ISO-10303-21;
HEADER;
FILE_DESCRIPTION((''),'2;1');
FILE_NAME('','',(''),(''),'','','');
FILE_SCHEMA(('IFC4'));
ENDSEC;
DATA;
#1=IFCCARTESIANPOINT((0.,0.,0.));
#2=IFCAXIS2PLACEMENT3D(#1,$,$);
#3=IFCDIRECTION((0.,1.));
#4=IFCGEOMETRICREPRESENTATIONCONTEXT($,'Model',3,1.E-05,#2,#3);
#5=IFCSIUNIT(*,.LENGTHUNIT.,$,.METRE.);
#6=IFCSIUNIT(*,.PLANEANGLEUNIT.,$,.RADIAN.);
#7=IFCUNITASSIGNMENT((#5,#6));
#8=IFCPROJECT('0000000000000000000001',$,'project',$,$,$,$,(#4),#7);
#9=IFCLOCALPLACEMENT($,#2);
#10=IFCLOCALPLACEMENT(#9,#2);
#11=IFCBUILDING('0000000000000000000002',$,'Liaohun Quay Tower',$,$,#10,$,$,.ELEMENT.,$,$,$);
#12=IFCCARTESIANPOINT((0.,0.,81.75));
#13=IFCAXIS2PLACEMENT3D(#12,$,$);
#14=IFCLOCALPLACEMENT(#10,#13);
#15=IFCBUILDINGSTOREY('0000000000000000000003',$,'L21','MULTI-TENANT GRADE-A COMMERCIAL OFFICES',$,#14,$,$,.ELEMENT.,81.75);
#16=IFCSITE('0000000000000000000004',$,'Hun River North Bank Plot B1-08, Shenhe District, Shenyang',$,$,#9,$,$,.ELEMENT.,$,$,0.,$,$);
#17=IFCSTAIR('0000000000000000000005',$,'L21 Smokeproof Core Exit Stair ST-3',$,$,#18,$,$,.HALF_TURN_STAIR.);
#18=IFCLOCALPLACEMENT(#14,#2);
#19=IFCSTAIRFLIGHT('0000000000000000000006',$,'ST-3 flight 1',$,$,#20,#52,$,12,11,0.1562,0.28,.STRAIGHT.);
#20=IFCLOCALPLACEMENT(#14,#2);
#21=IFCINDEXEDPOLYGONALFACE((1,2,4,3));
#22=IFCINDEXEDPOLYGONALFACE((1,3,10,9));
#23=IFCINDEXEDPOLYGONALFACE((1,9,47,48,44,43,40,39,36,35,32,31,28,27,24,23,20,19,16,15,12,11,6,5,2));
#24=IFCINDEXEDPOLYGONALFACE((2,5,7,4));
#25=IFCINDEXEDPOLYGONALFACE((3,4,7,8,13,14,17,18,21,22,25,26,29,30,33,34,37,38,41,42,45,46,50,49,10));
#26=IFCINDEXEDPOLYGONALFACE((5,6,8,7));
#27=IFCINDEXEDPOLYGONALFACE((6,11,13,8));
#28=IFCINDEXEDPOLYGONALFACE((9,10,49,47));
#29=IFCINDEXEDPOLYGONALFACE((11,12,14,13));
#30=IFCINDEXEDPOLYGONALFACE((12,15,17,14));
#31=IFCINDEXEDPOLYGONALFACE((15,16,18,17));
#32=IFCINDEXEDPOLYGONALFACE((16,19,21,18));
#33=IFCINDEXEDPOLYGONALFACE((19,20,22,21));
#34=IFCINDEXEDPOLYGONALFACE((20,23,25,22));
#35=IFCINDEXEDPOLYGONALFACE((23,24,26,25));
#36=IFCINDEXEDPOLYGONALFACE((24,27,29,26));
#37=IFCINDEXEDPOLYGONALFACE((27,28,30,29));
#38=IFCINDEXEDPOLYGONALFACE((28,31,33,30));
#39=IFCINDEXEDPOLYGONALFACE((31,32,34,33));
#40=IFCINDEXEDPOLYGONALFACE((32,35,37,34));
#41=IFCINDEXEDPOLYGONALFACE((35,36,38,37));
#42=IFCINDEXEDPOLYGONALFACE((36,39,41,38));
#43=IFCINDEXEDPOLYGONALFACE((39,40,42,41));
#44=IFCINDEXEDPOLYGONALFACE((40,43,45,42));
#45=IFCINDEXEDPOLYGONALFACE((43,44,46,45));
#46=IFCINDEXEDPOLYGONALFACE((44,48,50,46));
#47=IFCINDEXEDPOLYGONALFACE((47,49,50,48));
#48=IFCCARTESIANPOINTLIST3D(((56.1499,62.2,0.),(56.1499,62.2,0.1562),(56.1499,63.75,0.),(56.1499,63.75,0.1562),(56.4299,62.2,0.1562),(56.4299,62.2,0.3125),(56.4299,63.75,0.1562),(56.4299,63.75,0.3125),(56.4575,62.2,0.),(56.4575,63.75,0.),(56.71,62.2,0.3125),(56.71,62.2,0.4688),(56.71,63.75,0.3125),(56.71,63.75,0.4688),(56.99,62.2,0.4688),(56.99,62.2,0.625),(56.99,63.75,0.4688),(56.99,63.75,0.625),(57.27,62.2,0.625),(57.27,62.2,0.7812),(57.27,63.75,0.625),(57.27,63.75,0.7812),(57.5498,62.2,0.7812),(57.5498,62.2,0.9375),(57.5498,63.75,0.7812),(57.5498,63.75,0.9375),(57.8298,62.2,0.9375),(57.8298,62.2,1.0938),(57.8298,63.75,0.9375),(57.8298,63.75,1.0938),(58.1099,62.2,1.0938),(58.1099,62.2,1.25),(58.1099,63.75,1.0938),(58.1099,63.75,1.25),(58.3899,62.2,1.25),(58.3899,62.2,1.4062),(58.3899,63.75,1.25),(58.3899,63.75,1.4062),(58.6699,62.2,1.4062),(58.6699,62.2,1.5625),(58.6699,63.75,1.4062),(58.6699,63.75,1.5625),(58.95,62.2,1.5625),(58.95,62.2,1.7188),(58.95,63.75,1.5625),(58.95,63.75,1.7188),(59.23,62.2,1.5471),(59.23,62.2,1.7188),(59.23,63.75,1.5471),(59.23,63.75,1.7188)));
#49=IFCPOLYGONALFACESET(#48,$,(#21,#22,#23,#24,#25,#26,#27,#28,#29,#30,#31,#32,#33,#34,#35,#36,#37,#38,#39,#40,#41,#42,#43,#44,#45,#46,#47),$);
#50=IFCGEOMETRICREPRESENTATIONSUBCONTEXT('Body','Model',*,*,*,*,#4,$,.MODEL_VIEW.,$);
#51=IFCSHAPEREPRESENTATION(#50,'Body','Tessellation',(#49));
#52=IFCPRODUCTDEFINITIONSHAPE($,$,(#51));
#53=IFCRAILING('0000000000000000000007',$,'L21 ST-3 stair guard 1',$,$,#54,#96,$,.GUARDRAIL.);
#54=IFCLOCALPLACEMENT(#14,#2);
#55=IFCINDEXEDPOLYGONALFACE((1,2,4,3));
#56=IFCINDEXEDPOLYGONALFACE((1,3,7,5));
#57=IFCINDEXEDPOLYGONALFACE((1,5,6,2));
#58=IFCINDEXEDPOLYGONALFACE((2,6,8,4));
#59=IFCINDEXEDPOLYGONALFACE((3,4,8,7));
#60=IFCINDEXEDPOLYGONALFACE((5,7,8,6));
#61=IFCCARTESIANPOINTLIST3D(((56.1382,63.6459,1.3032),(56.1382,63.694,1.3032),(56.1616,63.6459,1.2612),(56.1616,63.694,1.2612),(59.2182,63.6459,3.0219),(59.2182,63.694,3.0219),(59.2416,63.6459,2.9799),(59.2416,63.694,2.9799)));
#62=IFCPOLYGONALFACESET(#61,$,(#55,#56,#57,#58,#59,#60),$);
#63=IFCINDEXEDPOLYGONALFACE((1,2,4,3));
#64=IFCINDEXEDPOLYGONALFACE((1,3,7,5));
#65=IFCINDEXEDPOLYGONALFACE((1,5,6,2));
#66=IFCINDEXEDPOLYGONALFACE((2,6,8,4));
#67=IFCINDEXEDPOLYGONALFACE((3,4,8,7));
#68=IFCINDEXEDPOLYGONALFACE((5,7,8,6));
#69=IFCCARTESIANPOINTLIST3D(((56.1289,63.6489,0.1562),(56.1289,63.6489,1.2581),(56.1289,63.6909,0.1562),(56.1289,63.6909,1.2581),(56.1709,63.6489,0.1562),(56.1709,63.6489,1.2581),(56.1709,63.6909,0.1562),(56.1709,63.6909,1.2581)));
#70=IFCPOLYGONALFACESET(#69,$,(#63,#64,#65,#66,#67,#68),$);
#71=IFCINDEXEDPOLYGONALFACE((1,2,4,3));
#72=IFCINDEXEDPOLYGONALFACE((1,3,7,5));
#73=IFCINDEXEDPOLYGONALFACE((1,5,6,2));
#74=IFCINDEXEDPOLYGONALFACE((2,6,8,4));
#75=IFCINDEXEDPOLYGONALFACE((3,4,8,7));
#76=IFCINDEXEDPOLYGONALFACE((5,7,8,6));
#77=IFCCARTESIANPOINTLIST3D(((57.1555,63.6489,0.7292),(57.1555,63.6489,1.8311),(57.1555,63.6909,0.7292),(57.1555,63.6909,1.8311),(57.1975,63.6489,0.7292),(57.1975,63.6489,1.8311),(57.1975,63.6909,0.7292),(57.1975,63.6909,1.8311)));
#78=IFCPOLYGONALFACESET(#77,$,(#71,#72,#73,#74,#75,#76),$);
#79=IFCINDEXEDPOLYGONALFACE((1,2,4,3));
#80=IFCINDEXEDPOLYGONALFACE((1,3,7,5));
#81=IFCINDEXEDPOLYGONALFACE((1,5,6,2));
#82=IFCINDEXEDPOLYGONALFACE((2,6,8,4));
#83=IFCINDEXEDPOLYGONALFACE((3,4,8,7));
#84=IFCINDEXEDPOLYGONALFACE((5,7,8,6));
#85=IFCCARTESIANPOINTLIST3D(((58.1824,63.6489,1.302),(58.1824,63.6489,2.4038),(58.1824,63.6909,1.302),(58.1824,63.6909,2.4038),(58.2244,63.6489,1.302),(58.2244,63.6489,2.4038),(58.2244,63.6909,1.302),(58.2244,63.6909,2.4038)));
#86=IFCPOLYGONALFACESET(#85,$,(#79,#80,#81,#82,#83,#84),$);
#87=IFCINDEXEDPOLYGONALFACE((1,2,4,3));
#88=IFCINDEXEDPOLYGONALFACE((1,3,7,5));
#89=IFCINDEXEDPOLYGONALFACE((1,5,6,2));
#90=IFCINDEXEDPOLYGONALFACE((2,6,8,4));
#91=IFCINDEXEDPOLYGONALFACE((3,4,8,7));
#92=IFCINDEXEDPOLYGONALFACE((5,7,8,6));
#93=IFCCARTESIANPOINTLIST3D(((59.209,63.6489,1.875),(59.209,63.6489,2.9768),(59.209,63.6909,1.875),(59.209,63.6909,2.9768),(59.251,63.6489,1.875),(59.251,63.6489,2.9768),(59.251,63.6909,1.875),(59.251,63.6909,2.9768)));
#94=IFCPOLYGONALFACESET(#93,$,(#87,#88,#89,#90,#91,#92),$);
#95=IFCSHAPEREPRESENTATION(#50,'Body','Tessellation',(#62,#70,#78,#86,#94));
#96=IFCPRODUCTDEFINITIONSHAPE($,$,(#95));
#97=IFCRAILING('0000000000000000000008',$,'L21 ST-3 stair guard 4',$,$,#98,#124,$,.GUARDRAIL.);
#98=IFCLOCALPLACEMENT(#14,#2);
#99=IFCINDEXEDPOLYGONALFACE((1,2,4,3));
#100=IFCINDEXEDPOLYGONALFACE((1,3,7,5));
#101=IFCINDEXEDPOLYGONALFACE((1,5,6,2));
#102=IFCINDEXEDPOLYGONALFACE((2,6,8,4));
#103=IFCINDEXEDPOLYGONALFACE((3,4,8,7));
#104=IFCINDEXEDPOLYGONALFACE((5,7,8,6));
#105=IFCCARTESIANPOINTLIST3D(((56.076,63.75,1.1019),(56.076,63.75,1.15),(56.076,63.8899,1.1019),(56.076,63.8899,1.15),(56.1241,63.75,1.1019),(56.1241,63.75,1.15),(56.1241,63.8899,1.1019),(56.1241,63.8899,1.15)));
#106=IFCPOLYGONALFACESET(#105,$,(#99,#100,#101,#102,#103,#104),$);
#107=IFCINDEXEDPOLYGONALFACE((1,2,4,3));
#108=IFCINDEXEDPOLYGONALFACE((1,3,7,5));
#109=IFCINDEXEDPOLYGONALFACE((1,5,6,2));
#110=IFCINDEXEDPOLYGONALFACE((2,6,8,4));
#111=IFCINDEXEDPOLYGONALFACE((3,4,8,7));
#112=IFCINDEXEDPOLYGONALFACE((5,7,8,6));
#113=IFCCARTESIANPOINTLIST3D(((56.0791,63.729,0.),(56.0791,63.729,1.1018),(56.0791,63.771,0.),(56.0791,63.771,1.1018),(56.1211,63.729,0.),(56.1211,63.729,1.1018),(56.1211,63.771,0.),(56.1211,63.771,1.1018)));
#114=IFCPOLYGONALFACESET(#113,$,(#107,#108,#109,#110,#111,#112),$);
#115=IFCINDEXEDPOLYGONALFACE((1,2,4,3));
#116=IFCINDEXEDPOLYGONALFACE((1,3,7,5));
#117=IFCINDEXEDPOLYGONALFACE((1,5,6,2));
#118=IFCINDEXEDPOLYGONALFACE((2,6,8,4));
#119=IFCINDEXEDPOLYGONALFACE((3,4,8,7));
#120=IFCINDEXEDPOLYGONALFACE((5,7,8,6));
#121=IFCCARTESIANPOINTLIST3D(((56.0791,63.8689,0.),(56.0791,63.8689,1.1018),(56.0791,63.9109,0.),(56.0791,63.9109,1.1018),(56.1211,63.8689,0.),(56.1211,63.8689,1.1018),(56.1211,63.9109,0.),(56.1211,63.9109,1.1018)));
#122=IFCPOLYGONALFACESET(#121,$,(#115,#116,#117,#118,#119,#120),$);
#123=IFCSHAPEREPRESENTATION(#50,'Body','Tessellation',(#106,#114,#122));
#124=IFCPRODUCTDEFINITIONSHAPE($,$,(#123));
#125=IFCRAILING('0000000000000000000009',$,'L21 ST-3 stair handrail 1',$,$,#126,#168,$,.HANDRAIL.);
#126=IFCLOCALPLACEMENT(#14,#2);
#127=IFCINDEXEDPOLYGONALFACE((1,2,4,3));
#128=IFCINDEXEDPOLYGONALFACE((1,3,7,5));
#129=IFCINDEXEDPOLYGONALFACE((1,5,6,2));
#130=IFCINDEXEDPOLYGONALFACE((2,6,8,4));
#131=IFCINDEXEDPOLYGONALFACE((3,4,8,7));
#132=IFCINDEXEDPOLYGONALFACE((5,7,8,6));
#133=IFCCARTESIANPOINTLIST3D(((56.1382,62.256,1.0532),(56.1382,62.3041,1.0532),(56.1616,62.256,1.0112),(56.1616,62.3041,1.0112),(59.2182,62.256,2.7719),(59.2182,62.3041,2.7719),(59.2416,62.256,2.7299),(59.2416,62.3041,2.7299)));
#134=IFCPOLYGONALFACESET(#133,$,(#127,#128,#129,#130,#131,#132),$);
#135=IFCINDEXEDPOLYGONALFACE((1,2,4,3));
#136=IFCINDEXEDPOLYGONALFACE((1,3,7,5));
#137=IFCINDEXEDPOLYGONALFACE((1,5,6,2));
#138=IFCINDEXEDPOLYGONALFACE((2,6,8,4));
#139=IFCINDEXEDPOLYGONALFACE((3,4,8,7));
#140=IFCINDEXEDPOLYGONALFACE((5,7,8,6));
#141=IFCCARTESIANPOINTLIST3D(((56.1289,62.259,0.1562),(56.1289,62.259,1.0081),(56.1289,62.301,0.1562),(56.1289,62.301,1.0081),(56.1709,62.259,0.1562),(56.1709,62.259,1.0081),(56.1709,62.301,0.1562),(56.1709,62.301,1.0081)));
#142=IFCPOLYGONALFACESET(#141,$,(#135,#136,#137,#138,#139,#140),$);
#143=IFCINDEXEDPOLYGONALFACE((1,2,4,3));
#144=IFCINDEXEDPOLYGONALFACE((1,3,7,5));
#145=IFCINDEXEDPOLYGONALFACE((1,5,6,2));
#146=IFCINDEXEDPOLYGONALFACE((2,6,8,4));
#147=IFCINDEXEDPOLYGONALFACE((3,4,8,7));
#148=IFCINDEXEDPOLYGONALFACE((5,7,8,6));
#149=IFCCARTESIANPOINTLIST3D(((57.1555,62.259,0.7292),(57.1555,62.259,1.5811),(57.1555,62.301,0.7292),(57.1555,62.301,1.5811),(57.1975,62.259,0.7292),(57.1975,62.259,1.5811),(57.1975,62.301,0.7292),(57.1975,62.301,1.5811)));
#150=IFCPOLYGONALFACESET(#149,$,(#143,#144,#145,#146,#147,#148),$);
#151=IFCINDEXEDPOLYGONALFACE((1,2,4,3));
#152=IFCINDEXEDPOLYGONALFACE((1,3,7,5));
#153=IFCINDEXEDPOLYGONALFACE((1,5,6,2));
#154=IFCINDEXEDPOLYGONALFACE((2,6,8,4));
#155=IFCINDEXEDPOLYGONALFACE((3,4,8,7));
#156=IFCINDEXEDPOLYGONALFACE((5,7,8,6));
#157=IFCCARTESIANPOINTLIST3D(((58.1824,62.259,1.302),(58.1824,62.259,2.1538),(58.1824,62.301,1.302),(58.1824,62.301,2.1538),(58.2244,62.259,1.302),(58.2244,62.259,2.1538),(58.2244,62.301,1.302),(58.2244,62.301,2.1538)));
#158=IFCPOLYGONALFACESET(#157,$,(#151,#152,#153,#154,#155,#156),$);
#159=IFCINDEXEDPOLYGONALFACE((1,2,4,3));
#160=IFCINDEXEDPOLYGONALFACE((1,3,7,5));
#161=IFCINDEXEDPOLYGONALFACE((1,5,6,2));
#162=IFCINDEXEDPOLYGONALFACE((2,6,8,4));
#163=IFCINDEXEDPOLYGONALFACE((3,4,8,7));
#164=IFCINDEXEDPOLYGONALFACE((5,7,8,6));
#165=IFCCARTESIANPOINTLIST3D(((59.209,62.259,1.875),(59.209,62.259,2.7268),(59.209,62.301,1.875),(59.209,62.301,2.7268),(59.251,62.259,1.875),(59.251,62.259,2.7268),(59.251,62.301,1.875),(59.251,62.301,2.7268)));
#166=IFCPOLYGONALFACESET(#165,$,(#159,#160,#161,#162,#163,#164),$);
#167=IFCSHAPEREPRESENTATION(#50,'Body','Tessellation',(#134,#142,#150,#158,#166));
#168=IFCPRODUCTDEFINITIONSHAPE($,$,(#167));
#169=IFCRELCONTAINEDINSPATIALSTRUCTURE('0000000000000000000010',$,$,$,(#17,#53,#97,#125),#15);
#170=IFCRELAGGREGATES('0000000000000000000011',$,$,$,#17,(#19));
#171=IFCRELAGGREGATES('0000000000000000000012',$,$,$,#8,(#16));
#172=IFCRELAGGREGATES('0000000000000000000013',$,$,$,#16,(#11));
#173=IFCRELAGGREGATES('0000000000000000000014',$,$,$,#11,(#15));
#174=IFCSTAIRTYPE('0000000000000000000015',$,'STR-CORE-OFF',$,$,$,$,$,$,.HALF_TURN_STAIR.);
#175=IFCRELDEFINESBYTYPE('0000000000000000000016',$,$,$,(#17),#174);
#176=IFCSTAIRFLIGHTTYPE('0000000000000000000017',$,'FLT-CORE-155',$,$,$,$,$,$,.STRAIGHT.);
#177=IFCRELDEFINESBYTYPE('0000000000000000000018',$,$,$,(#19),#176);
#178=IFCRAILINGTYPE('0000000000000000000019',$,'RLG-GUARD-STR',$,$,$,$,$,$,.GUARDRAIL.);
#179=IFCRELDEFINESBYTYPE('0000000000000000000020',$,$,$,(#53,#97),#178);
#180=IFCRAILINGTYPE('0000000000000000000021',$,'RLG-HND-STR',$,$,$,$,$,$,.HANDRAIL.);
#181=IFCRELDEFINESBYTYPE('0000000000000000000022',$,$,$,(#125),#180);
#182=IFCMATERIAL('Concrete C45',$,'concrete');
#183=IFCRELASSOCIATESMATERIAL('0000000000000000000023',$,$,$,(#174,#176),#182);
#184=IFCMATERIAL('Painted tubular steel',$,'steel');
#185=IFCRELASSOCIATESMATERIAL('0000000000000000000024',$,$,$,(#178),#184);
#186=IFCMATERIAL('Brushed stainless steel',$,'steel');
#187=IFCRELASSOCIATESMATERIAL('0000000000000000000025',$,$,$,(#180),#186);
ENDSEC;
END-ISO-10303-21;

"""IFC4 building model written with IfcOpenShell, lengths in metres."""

from ifc_helpers import new_model, si_unit, direction, frame, origin, origin_2d, place, context, subcontext, project, spatial, polyline, rectangle, outline, extrude, material, type_object, element, aggregate, save


model = new_model("IFC4")

# Units and contexts
model_context = context("Model", 3, precision=1e-05, world=origin(), true_north=direction((0.0, 1.0)))
body_context = subcontext(model_context, "Body", "Model", "MODEL_VIEW")
ifc_project = project(units=[si_unit("LENGTHUNIT", "METRE"), si_unit("PLANEANGLEUNIT", "RADIAN")], contexts=[model_context])

# Site, building, storey
site_placement = place(None, origin())
site = spatial("IfcSite", under=ifc_project, at=site_placement, Name="Hun River North Bank Plot B1-08, Shenhe District, Shenyang", CompositionType="ELEMENT", RefElevation=0.0)
building_placement = place(site_placement, origin())
building = spatial("IfcBuilding", under=site, at=building_placement, Name="Liaohun Quay Tower", CompositionType="ELEMENT")
storey_placement = place(building_placement, frame((0.0, 0.0, 81.75)))
storey = spatial("IfcBuildingStorey", under=building, at=storey_placement, Name="L21", Description="MULTI-TENANT GRADE-A COMMERCIAL OFFICES", CompositionType="ELEMENT", Elevation=81.75)

# Stair, stair flight
ifc_material_1 = material(Name="Concrete C45", Category="concrete")
stair_type = type_object("IfcStairType", Name="STR-CORE-OFF", PredefinedType="HALF_TURN_STAIR", material=ifc_material_1)
stair_placement = place(storey_placement, origin())
stair = element("IfcStair", 1, at=stair_placement, inside=storey, type_object=stair_type, Name="L21 Smokeproof Core Exit Stair ST-3", PredefinedType="HALF_TURN_STAIR")
stair_flight_type = type_object("IfcStairFlightType", Name="FLT-CORE-155", PredefinedType="STRAIGHT", material=ifc_material_1)
stair_flight_placement = place(storey_placement, frame((56.1499, 62.9751, 0.0), z_axis=(0.0, 0.0, 1.0), x_axis=(1.0, 0.0, 0.0)))
stair_flight = element("IfcStairFlight", 2, at=stair_flight_placement, type_object=stair_flight_type, Name="ST-3 flight 1", NumberOfRisers=12, NumberOfTreads=11, PredefinedType="STRAIGHT", RiserHeight=0.1562, TreadLength=0.28, context=body_context, shape_type="SweptSolid", body=[
    extrude(outline(polyline([(0.0, 0.0), (0.0, 0.1562), (0.28, 0.1562), (0.28, 0.3125), (0.5601, 0.3125), (0.5601, 0.4688), (0.8401, 0.4688), (0.8401, 0.625), (1.1201, 0.625), (1.1201, 0.7812), (1.3999, 0.7812), (1.3999, 0.9375), (1.6799, 0.9375), (1.6799, 1.0938), (1.96, 1.0938), (1.96, 1.25), (2.24, 1.25), (2.24, 1.4062), (2.52, 1.4062), (2.52, 1.5625), (2.8, 1.5625), (2.8, 1.7188), (3.0801, 1.7188), (3.0801, 1.875), (3.0801, 1.5471), (0.3076, 0.0), (0.0, 0.0)])), frame((0.0, 0.7749, 0.0), z_axis=(0.0, -1.0, 0.0), x_axis=(1.0, 0.0, 0.0)), (0.0, 0.0, 1.0), 1.55),
])
aggregate(stair, [stair_flight])

# Railings
ifc_material_2 = material(Name="Painted tubular steel", Category="steel")
railing_type_1 = type_object("IfcRailingType", Name="RLG-GUARD-STR", PredefinedType="GUARDRAIL", material=ifc_material_2)
railing_1_placement = place(storey_placement, frame((56.1499, 63.6699, 0.1562)))
element("IfcRailing", 3, at=railing_1_placement, inside=storey, type_object=railing_type_1, Name="L21 ST-3 stair guard 1", PredefinedType="GUARDRAIL", context=body_context, shape_type="SweptSolid", body=[
    extrude(rectangle(XDim=0.0481, YDim=0.0481, at=origin_2d()), frame((0.0, 0.0, 1.126), z_axis=(0.873242, 0.0, 0.487288), x_axis=(0.0, 1.0, 0.0)), (0.0, 0.0, 1.0), 3.5271),
    extrude(rectangle(XDim=0.042, YDim=0.042, at=origin_2d()), origin(), (0.0, 0.0, 1.0), 1.1018),
    extrude(rectangle(XDim=0.042, YDim=0.042, at=origin_2d()), frame((1.0266, 0.0, 0.573)), (0.0, 0.0, 1.0), 1.1018),
    extrude(rectangle(XDim=0.042, YDim=0.042, at=origin_2d()), frame((2.0535, 0.0, 1.1458)), (0.0, 0.0, 1.0), 1.1018),
    extrude(rectangle(XDim=0.042, YDim=0.042, at=origin_2d()), frame((3.0801, 0.0, 1.7188)), (0.0, 0.0, 1.0), 1.1018),
])
railing_2_placement = place(storey_placement, frame((56.1001, 63.75, 0.0)))
element("IfcRailing", 4, at=railing_2_placement, inside=storey, type_object=railing_type_1, Name="L21 ST-3 stair guard 4", PredefinedType="GUARDRAIL", context=body_context, shape_type="SweptSolid", body=[
    extrude(rectangle(XDim=0.0481, YDim=0.0481, at=origin_2d()), frame((0.0, 0.0, 1.126), z_axis=(0.0, 1.0, 0.0), x_axis=(-1.0, 0.0, 0.0)), (0.0, 0.0, 1.0), 0.1399),
    extrude(rectangle(XDim=0.042, YDim=0.042, at=origin_2d()), origin(), (0.0, 0.0, 1.0), 1.1018),
    extrude(rectangle(XDim=0.042, YDim=0.042, at=origin_2d()), frame((0.0, 0.1399, 0.0)), (0.0, 0.0, 1.0), 1.1018),
])
ifc_material_3 = material(Name="Brushed stainless steel", Category="steel")
railing_type_2 = type_object("IfcRailingType", Name="RLG-HND-STR", PredefinedType="HANDRAIL", material=ifc_material_3)
railing_3_placement = place(storey_placement, frame((56.1499, 62.28, 0.1562)))
element("IfcRailing", 5, at=railing_3_placement, inside=storey, type_object=railing_type_2, Name="L21 ST-3 stair handrail 1", PredefinedType="HANDRAIL", context=body_context, shape_type="SweptSolid", body=[
    extrude(rectangle(XDim=0.0481, YDim=0.0481, at=origin_2d()), frame((0.0, 0.0, 0.876), z_axis=(0.873242, 0.0, 0.487288), x_axis=(0.0, 1.0, 0.0)), (0.0, 0.0, 1.0), 3.5271),
    extrude(rectangle(XDim=0.042, YDim=0.042, at=origin_2d()), origin(), (0.0, 0.0, 1.0), 0.8518),
    extrude(rectangle(XDim=0.042, YDim=0.042, at=origin_2d()), frame((1.0266, 0.0, 0.573)), (0.0, 0.0, 1.0), 0.8518),
    extrude(rectangle(XDim=0.042, YDim=0.042, at=origin_2d()), frame((2.0535, 0.0, 1.1458)), (0.0, 0.0, 1.0), 0.8518),
    extrude(rectangle(XDim=0.042, YDim=0.042, at=origin_2d()), frame((3.0801, 0.0, 1.7188)), (0.0, 0.0, 1.0), 0.8518),
])

save(model, "model.ifc")
